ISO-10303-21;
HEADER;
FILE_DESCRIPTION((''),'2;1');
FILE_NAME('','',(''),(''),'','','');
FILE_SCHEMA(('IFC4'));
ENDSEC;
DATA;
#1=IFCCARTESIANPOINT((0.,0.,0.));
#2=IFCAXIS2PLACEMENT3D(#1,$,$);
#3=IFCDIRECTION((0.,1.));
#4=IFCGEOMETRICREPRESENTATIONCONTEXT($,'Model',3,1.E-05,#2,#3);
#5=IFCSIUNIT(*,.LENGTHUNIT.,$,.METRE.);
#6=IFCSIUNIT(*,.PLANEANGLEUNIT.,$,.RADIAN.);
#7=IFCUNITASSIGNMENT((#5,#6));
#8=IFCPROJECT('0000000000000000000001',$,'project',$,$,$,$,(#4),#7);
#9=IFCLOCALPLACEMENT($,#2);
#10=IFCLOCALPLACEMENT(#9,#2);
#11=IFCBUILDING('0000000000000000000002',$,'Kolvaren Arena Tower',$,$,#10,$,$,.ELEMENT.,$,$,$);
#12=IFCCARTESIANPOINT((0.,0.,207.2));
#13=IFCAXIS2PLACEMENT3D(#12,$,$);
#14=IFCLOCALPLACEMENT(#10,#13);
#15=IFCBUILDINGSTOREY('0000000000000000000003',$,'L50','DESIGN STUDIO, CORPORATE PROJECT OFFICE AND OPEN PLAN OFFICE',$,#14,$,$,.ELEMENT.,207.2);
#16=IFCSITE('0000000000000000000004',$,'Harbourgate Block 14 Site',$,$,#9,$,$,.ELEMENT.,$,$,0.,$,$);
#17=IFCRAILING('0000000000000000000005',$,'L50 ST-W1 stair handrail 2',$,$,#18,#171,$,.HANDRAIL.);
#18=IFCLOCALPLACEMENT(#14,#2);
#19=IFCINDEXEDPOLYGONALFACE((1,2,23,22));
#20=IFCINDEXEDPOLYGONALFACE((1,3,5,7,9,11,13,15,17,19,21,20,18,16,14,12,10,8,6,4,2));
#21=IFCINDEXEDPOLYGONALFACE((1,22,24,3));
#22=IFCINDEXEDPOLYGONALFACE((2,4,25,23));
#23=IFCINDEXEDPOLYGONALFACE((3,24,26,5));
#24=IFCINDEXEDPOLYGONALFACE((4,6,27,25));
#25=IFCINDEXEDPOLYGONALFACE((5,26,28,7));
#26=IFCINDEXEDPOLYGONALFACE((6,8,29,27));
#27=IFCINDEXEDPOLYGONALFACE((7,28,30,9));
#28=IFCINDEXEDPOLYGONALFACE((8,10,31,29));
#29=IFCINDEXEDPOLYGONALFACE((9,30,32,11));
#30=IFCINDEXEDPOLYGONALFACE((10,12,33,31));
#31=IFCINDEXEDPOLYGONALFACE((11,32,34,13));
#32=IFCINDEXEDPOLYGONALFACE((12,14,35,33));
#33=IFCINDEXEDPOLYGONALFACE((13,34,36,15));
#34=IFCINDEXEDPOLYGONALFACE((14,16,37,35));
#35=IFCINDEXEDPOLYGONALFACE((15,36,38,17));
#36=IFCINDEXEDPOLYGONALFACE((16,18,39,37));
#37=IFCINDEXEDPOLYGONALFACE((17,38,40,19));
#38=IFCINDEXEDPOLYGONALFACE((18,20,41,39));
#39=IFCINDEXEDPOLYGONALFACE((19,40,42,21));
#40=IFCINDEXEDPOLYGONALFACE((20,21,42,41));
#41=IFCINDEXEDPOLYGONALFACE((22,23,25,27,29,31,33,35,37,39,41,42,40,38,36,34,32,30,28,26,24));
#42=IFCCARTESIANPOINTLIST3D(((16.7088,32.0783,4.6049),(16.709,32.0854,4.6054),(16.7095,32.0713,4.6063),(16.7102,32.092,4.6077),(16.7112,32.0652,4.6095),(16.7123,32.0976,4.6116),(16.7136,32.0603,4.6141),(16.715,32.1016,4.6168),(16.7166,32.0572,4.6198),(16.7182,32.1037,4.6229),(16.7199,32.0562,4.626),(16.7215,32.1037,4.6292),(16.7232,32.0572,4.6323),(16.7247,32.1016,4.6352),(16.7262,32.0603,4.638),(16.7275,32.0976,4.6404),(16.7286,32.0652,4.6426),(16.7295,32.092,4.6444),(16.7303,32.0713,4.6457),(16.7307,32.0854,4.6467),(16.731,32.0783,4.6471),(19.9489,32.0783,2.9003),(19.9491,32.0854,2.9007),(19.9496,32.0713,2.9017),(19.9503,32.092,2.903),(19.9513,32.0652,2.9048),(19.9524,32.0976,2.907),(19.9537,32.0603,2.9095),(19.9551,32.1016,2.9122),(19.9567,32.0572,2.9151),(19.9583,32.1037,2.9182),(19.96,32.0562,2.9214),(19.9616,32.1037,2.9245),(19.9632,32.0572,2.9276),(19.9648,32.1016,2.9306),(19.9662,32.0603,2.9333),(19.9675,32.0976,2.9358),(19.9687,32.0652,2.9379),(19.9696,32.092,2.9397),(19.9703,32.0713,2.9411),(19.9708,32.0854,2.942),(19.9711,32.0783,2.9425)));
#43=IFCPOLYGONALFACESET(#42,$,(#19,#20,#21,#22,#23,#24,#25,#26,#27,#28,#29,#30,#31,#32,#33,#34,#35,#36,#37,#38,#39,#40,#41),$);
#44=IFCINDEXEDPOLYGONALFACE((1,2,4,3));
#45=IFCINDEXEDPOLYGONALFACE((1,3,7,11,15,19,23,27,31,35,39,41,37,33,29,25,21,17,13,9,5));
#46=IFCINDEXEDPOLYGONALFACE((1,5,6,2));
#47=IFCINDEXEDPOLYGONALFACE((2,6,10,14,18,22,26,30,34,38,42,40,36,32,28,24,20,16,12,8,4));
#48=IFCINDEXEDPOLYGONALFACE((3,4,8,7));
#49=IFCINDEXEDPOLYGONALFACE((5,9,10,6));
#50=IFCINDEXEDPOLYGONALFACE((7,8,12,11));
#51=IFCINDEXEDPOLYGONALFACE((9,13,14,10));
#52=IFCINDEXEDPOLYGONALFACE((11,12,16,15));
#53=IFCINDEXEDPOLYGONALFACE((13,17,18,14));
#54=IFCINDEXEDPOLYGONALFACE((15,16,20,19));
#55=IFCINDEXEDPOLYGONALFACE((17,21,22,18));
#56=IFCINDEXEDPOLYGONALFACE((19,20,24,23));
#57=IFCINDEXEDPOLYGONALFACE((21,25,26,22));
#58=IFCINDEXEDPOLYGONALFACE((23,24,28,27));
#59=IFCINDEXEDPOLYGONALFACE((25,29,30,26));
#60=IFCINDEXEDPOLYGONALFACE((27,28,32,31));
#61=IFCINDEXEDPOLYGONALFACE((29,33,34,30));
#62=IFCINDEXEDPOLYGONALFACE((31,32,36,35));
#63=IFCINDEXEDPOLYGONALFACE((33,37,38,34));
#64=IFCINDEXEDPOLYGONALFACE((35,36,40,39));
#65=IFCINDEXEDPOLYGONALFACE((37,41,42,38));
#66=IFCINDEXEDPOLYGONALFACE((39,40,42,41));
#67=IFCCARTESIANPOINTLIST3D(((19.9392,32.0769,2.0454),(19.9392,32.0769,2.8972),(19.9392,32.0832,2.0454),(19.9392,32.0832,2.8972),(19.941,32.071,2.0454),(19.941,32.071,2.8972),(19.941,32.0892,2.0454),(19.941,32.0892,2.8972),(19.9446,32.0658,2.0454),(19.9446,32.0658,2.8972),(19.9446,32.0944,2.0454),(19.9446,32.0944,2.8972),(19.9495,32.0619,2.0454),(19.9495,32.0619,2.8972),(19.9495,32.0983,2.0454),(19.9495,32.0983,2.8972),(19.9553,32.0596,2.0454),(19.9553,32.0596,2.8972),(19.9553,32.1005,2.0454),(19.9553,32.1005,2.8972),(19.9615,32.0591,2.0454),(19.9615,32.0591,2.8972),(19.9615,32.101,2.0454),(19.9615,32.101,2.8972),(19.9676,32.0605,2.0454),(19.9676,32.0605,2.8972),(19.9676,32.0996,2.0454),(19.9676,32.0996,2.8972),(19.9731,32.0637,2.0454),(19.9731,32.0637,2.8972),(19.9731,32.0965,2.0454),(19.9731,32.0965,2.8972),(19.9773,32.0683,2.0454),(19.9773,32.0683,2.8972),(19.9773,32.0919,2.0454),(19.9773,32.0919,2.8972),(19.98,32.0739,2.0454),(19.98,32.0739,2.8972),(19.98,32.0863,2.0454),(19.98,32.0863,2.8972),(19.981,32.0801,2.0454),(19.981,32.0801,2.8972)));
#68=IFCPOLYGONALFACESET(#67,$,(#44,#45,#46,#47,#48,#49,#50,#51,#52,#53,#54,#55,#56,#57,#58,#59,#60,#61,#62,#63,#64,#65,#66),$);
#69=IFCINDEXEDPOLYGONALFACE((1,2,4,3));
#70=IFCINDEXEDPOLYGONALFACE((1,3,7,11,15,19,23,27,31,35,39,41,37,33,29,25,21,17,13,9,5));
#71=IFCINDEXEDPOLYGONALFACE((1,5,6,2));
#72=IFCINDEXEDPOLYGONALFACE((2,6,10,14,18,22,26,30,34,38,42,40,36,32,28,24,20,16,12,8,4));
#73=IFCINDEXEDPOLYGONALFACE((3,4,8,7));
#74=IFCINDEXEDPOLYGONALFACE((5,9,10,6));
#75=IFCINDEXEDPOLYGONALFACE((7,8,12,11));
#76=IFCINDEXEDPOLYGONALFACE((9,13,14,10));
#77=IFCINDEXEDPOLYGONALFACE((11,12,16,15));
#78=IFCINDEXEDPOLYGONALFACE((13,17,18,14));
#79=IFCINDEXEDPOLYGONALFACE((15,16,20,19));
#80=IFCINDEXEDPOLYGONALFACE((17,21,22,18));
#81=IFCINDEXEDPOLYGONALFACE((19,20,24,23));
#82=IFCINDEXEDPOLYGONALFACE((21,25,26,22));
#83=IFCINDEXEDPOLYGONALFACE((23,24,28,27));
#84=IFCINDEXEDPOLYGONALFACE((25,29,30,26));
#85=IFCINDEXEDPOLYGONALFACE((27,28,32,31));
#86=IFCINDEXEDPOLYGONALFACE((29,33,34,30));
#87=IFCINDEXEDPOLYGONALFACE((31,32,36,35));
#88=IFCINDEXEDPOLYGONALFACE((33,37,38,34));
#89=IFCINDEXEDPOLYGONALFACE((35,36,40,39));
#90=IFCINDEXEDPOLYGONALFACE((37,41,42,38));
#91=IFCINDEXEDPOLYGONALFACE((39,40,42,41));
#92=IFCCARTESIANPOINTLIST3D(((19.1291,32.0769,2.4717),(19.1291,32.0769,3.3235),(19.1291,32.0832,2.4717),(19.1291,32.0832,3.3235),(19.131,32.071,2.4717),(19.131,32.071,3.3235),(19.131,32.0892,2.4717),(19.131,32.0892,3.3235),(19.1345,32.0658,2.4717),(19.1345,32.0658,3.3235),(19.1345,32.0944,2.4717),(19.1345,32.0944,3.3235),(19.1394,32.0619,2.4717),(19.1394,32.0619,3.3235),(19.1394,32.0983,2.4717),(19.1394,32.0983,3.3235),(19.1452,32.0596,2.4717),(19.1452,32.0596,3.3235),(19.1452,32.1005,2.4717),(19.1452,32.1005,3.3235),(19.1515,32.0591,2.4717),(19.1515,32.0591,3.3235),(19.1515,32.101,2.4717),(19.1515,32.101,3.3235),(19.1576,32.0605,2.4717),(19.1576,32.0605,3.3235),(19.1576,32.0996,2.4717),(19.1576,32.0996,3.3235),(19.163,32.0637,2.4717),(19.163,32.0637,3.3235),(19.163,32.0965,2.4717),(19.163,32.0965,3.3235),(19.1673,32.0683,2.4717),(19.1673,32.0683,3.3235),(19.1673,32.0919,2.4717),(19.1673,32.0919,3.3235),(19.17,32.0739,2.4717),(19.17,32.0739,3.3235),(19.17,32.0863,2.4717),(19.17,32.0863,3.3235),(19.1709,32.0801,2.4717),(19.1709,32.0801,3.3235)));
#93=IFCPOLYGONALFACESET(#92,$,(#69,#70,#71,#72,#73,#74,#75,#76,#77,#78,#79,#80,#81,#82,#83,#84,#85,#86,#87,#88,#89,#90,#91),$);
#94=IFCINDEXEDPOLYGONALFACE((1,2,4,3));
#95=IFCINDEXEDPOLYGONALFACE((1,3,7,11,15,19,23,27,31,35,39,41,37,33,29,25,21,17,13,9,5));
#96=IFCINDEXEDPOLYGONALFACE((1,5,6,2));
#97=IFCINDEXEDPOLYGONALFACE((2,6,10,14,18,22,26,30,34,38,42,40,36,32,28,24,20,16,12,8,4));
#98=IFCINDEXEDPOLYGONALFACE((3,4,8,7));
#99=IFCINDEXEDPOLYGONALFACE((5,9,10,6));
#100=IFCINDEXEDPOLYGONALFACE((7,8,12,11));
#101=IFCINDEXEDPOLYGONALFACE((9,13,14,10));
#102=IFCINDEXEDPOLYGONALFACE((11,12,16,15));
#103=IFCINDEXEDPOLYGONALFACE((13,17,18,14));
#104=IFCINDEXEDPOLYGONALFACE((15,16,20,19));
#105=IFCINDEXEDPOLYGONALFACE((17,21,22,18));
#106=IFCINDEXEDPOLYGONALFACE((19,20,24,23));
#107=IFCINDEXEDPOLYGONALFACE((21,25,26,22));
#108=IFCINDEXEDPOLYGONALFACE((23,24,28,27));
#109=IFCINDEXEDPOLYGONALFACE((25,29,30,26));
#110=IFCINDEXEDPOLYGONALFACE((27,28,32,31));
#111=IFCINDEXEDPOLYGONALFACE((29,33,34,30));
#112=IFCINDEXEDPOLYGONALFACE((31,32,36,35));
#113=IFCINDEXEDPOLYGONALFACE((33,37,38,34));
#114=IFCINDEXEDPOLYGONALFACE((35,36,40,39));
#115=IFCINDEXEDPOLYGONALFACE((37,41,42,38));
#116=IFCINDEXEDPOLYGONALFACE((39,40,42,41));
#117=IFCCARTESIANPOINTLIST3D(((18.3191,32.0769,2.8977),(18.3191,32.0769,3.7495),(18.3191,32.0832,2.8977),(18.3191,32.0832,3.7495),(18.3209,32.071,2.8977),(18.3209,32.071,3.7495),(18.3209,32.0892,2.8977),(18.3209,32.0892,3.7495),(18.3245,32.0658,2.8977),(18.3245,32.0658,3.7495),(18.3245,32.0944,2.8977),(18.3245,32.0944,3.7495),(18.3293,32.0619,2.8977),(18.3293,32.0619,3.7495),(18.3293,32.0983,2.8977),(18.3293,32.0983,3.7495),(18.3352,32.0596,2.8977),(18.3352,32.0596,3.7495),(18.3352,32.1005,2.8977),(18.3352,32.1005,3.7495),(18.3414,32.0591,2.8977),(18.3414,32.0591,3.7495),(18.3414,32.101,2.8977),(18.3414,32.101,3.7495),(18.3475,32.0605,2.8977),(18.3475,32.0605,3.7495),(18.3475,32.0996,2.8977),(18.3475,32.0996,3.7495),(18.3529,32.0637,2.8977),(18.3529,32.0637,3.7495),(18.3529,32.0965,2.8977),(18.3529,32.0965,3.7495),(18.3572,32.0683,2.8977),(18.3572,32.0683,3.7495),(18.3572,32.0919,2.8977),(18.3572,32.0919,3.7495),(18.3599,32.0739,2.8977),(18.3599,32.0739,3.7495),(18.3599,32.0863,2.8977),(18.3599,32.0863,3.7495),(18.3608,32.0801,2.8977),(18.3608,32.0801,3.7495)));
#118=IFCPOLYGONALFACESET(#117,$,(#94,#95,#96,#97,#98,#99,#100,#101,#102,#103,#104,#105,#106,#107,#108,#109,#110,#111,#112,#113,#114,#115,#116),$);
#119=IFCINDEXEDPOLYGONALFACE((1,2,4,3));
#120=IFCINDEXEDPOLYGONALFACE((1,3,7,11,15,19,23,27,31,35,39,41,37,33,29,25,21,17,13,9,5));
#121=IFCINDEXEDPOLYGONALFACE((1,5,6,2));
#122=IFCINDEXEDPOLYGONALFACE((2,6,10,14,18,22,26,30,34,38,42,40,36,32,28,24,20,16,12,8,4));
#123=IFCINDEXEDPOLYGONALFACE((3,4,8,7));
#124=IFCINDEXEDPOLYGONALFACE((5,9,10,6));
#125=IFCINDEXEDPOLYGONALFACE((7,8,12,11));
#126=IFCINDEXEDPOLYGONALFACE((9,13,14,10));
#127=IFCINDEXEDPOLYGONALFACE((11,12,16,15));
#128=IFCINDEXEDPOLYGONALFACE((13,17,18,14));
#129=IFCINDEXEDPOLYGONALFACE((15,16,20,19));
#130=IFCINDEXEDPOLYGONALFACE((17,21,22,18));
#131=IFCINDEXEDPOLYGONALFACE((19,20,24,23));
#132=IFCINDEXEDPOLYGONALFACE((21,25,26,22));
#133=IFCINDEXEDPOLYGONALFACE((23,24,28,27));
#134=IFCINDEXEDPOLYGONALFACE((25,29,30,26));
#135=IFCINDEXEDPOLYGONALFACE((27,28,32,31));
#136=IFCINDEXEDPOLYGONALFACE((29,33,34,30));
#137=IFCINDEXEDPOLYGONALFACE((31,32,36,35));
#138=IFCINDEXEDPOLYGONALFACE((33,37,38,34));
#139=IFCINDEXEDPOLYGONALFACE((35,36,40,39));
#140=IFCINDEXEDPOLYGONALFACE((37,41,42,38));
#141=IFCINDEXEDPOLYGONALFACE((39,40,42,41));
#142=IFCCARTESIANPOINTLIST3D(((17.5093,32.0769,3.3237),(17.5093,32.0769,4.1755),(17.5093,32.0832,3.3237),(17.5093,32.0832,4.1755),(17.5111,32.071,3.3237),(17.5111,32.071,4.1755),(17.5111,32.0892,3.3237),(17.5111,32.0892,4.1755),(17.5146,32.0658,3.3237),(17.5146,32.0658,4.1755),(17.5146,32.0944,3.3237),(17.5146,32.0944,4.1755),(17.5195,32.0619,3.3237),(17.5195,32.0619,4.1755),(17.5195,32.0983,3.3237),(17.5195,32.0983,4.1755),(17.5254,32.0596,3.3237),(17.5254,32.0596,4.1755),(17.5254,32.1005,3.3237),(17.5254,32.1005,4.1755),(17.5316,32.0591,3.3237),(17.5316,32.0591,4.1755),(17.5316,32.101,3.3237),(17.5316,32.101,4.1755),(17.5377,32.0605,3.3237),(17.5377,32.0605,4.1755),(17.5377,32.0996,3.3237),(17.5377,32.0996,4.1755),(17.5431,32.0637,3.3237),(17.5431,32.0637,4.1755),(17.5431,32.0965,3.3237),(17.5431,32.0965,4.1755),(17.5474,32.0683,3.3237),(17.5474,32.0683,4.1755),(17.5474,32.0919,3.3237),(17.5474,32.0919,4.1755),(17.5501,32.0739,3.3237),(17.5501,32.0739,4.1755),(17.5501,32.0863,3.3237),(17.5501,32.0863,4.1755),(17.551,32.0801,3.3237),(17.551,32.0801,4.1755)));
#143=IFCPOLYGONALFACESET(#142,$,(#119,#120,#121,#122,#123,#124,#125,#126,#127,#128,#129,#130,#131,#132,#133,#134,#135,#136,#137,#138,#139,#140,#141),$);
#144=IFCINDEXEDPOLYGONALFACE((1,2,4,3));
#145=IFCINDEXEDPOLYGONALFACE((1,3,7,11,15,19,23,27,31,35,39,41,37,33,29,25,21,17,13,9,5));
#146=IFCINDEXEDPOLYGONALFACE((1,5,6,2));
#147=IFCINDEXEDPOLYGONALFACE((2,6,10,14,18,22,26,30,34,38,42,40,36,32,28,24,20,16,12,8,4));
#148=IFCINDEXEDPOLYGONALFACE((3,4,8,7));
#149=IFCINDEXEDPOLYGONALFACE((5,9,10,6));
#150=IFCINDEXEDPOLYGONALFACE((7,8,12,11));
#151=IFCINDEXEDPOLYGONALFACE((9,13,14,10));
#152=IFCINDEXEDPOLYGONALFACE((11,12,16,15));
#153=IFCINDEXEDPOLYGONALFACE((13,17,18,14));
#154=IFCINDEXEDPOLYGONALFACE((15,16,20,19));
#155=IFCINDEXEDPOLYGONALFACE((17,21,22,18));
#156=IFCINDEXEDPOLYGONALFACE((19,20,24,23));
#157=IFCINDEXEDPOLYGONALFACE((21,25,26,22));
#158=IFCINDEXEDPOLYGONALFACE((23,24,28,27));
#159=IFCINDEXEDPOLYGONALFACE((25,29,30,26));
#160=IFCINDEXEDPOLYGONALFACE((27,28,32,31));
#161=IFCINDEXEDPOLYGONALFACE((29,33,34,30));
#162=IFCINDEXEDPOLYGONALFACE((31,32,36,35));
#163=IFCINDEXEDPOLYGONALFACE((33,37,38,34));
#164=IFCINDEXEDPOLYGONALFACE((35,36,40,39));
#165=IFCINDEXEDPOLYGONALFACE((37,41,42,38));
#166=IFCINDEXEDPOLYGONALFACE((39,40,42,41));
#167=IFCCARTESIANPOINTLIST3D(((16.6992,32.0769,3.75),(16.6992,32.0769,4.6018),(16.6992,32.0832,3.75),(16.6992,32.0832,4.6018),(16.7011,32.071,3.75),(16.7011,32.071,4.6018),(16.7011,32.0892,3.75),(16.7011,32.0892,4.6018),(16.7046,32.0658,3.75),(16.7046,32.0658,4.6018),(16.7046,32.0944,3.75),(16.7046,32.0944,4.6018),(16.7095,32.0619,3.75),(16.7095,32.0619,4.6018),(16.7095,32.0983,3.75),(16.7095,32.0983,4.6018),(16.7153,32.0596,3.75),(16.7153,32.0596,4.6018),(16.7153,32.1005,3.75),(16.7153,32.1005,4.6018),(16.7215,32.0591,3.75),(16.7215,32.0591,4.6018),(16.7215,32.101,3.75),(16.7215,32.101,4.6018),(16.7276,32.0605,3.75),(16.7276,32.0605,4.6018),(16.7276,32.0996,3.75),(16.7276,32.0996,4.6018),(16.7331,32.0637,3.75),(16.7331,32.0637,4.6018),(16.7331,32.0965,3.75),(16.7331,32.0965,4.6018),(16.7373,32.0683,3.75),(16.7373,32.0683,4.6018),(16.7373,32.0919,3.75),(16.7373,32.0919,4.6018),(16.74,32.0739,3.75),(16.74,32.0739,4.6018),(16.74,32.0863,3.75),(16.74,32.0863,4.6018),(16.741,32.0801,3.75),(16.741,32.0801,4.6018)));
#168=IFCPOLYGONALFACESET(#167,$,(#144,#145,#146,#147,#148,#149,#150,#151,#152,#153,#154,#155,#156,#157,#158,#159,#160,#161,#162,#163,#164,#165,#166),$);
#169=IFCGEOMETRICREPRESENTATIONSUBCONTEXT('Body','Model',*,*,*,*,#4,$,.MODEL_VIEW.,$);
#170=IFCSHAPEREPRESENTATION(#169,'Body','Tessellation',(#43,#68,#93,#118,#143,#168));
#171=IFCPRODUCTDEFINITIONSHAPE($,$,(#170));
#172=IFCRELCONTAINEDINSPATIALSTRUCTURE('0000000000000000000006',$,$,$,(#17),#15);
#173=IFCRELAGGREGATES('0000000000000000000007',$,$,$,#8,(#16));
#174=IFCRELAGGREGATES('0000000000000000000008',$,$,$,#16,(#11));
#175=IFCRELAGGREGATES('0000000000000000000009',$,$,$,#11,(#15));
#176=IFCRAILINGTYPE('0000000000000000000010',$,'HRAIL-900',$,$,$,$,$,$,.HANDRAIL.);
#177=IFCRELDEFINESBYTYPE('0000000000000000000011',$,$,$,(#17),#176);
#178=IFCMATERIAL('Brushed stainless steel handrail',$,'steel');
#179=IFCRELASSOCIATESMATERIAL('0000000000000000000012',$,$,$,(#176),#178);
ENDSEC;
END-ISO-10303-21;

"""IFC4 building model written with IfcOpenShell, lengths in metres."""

from ifc_helpers import new_model, si_unit, direction, frame, origin, origin_2d, place, context, subcontext, project, spatial, circle, extrude, material, type_object, element, save


model = new_model("IFC4")

# Units and contexts
model_context = context("Model", 3, precision=1e-05, world=origin(), true_north=direction((0.0, 1.0)))
body_context = subcontext(model_context, "Body", "Model", "MODEL_VIEW")
ifc_project = project(units=[si_unit("LENGTHUNIT", "METRE"), si_unit("PLANEANGLEUNIT", "RADIAN")], contexts=[model_context])

# Site, building, storey
site_placement = place(None, origin())
site = spatial("IfcSite", under=ifc_project, at=site_placement, Name="Harbourgate Block 14 Site", CompositionType="ELEMENT", RefElevation=0.0)
building_placement = place(site_placement, origin())
building = spatial("IfcBuilding", under=site, at=building_placement, Name="Kolvaren Arena Tower", CompositionType="ELEMENT")
storey_placement = place(building_placement, frame((0.0, 0.0, 207.2)))
storey = spatial("IfcBuildingStorey", under=building, at=storey_placement, Name="L50", Description="DESIGN STUDIO, CORPORATE PROJECT OFFICE AND OPEN PLAN OFFICE", CompositionType="ELEMENT", Elevation=207.2)

# Railing
ifc_material_1 = material(Name="Brushed stainless steel handrail", Category="steel")
railing_type_1 = type_object("IfcRailingType", Name="HRAIL-900", PredefinedType="HANDRAIL", material=ifc_material_1)
railing_1_placement = place(storey_placement, frame((19.96, 32.0801, 2.0454)))
element("IfcRailing", 1, at=railing_1_placement, inside=storey, type_object=railing_type_1, Name="L50 ST-W1 stair handrail 2", PredefinedType="HANDRAIL", context=body_context, shape_type="SweptSolid", body=[
    extrude(circle(Radius=0.0239, at=origin_2d()), frame((0.0, 0.0, 0.876), z_axis=(-0.884993, 0.0, 0.465604), x_axis=(0.0, -1.0, 0.0)), (0.0, 0.0, 1.0), 3.6611),
    extrude(circle(Radius=0.021, at=origin_2d()), origin(), (0.0, 0.0, 1.0), 0.8518),
    extrude(circle(Radius=0.021, at=origin_2d()), frame((-0.8101, 0.0, 0.4263)), (0.0, 0.0, 1.0), 0.8518),
    extrude(circle(Radius=0.021, at=origin_2d()), frame((-1.6201, 0.0, 0.8523)), (0.0, 0.0, 1.0), 0.8518),
    extrude(circle(Radius=0.021, at=origin_2d()), frame((-2.4299, 0.0, 1.2783)), (0.0, 0.0, 1.0), 0.8518),
    extrude(circle(Radius=0.021, at=origin_2d()), frame((-3.24, 0.0, 1.7046)), (0.0, 0.0, 1.0), 0.8518),
])

save(model, "model.ifc")
